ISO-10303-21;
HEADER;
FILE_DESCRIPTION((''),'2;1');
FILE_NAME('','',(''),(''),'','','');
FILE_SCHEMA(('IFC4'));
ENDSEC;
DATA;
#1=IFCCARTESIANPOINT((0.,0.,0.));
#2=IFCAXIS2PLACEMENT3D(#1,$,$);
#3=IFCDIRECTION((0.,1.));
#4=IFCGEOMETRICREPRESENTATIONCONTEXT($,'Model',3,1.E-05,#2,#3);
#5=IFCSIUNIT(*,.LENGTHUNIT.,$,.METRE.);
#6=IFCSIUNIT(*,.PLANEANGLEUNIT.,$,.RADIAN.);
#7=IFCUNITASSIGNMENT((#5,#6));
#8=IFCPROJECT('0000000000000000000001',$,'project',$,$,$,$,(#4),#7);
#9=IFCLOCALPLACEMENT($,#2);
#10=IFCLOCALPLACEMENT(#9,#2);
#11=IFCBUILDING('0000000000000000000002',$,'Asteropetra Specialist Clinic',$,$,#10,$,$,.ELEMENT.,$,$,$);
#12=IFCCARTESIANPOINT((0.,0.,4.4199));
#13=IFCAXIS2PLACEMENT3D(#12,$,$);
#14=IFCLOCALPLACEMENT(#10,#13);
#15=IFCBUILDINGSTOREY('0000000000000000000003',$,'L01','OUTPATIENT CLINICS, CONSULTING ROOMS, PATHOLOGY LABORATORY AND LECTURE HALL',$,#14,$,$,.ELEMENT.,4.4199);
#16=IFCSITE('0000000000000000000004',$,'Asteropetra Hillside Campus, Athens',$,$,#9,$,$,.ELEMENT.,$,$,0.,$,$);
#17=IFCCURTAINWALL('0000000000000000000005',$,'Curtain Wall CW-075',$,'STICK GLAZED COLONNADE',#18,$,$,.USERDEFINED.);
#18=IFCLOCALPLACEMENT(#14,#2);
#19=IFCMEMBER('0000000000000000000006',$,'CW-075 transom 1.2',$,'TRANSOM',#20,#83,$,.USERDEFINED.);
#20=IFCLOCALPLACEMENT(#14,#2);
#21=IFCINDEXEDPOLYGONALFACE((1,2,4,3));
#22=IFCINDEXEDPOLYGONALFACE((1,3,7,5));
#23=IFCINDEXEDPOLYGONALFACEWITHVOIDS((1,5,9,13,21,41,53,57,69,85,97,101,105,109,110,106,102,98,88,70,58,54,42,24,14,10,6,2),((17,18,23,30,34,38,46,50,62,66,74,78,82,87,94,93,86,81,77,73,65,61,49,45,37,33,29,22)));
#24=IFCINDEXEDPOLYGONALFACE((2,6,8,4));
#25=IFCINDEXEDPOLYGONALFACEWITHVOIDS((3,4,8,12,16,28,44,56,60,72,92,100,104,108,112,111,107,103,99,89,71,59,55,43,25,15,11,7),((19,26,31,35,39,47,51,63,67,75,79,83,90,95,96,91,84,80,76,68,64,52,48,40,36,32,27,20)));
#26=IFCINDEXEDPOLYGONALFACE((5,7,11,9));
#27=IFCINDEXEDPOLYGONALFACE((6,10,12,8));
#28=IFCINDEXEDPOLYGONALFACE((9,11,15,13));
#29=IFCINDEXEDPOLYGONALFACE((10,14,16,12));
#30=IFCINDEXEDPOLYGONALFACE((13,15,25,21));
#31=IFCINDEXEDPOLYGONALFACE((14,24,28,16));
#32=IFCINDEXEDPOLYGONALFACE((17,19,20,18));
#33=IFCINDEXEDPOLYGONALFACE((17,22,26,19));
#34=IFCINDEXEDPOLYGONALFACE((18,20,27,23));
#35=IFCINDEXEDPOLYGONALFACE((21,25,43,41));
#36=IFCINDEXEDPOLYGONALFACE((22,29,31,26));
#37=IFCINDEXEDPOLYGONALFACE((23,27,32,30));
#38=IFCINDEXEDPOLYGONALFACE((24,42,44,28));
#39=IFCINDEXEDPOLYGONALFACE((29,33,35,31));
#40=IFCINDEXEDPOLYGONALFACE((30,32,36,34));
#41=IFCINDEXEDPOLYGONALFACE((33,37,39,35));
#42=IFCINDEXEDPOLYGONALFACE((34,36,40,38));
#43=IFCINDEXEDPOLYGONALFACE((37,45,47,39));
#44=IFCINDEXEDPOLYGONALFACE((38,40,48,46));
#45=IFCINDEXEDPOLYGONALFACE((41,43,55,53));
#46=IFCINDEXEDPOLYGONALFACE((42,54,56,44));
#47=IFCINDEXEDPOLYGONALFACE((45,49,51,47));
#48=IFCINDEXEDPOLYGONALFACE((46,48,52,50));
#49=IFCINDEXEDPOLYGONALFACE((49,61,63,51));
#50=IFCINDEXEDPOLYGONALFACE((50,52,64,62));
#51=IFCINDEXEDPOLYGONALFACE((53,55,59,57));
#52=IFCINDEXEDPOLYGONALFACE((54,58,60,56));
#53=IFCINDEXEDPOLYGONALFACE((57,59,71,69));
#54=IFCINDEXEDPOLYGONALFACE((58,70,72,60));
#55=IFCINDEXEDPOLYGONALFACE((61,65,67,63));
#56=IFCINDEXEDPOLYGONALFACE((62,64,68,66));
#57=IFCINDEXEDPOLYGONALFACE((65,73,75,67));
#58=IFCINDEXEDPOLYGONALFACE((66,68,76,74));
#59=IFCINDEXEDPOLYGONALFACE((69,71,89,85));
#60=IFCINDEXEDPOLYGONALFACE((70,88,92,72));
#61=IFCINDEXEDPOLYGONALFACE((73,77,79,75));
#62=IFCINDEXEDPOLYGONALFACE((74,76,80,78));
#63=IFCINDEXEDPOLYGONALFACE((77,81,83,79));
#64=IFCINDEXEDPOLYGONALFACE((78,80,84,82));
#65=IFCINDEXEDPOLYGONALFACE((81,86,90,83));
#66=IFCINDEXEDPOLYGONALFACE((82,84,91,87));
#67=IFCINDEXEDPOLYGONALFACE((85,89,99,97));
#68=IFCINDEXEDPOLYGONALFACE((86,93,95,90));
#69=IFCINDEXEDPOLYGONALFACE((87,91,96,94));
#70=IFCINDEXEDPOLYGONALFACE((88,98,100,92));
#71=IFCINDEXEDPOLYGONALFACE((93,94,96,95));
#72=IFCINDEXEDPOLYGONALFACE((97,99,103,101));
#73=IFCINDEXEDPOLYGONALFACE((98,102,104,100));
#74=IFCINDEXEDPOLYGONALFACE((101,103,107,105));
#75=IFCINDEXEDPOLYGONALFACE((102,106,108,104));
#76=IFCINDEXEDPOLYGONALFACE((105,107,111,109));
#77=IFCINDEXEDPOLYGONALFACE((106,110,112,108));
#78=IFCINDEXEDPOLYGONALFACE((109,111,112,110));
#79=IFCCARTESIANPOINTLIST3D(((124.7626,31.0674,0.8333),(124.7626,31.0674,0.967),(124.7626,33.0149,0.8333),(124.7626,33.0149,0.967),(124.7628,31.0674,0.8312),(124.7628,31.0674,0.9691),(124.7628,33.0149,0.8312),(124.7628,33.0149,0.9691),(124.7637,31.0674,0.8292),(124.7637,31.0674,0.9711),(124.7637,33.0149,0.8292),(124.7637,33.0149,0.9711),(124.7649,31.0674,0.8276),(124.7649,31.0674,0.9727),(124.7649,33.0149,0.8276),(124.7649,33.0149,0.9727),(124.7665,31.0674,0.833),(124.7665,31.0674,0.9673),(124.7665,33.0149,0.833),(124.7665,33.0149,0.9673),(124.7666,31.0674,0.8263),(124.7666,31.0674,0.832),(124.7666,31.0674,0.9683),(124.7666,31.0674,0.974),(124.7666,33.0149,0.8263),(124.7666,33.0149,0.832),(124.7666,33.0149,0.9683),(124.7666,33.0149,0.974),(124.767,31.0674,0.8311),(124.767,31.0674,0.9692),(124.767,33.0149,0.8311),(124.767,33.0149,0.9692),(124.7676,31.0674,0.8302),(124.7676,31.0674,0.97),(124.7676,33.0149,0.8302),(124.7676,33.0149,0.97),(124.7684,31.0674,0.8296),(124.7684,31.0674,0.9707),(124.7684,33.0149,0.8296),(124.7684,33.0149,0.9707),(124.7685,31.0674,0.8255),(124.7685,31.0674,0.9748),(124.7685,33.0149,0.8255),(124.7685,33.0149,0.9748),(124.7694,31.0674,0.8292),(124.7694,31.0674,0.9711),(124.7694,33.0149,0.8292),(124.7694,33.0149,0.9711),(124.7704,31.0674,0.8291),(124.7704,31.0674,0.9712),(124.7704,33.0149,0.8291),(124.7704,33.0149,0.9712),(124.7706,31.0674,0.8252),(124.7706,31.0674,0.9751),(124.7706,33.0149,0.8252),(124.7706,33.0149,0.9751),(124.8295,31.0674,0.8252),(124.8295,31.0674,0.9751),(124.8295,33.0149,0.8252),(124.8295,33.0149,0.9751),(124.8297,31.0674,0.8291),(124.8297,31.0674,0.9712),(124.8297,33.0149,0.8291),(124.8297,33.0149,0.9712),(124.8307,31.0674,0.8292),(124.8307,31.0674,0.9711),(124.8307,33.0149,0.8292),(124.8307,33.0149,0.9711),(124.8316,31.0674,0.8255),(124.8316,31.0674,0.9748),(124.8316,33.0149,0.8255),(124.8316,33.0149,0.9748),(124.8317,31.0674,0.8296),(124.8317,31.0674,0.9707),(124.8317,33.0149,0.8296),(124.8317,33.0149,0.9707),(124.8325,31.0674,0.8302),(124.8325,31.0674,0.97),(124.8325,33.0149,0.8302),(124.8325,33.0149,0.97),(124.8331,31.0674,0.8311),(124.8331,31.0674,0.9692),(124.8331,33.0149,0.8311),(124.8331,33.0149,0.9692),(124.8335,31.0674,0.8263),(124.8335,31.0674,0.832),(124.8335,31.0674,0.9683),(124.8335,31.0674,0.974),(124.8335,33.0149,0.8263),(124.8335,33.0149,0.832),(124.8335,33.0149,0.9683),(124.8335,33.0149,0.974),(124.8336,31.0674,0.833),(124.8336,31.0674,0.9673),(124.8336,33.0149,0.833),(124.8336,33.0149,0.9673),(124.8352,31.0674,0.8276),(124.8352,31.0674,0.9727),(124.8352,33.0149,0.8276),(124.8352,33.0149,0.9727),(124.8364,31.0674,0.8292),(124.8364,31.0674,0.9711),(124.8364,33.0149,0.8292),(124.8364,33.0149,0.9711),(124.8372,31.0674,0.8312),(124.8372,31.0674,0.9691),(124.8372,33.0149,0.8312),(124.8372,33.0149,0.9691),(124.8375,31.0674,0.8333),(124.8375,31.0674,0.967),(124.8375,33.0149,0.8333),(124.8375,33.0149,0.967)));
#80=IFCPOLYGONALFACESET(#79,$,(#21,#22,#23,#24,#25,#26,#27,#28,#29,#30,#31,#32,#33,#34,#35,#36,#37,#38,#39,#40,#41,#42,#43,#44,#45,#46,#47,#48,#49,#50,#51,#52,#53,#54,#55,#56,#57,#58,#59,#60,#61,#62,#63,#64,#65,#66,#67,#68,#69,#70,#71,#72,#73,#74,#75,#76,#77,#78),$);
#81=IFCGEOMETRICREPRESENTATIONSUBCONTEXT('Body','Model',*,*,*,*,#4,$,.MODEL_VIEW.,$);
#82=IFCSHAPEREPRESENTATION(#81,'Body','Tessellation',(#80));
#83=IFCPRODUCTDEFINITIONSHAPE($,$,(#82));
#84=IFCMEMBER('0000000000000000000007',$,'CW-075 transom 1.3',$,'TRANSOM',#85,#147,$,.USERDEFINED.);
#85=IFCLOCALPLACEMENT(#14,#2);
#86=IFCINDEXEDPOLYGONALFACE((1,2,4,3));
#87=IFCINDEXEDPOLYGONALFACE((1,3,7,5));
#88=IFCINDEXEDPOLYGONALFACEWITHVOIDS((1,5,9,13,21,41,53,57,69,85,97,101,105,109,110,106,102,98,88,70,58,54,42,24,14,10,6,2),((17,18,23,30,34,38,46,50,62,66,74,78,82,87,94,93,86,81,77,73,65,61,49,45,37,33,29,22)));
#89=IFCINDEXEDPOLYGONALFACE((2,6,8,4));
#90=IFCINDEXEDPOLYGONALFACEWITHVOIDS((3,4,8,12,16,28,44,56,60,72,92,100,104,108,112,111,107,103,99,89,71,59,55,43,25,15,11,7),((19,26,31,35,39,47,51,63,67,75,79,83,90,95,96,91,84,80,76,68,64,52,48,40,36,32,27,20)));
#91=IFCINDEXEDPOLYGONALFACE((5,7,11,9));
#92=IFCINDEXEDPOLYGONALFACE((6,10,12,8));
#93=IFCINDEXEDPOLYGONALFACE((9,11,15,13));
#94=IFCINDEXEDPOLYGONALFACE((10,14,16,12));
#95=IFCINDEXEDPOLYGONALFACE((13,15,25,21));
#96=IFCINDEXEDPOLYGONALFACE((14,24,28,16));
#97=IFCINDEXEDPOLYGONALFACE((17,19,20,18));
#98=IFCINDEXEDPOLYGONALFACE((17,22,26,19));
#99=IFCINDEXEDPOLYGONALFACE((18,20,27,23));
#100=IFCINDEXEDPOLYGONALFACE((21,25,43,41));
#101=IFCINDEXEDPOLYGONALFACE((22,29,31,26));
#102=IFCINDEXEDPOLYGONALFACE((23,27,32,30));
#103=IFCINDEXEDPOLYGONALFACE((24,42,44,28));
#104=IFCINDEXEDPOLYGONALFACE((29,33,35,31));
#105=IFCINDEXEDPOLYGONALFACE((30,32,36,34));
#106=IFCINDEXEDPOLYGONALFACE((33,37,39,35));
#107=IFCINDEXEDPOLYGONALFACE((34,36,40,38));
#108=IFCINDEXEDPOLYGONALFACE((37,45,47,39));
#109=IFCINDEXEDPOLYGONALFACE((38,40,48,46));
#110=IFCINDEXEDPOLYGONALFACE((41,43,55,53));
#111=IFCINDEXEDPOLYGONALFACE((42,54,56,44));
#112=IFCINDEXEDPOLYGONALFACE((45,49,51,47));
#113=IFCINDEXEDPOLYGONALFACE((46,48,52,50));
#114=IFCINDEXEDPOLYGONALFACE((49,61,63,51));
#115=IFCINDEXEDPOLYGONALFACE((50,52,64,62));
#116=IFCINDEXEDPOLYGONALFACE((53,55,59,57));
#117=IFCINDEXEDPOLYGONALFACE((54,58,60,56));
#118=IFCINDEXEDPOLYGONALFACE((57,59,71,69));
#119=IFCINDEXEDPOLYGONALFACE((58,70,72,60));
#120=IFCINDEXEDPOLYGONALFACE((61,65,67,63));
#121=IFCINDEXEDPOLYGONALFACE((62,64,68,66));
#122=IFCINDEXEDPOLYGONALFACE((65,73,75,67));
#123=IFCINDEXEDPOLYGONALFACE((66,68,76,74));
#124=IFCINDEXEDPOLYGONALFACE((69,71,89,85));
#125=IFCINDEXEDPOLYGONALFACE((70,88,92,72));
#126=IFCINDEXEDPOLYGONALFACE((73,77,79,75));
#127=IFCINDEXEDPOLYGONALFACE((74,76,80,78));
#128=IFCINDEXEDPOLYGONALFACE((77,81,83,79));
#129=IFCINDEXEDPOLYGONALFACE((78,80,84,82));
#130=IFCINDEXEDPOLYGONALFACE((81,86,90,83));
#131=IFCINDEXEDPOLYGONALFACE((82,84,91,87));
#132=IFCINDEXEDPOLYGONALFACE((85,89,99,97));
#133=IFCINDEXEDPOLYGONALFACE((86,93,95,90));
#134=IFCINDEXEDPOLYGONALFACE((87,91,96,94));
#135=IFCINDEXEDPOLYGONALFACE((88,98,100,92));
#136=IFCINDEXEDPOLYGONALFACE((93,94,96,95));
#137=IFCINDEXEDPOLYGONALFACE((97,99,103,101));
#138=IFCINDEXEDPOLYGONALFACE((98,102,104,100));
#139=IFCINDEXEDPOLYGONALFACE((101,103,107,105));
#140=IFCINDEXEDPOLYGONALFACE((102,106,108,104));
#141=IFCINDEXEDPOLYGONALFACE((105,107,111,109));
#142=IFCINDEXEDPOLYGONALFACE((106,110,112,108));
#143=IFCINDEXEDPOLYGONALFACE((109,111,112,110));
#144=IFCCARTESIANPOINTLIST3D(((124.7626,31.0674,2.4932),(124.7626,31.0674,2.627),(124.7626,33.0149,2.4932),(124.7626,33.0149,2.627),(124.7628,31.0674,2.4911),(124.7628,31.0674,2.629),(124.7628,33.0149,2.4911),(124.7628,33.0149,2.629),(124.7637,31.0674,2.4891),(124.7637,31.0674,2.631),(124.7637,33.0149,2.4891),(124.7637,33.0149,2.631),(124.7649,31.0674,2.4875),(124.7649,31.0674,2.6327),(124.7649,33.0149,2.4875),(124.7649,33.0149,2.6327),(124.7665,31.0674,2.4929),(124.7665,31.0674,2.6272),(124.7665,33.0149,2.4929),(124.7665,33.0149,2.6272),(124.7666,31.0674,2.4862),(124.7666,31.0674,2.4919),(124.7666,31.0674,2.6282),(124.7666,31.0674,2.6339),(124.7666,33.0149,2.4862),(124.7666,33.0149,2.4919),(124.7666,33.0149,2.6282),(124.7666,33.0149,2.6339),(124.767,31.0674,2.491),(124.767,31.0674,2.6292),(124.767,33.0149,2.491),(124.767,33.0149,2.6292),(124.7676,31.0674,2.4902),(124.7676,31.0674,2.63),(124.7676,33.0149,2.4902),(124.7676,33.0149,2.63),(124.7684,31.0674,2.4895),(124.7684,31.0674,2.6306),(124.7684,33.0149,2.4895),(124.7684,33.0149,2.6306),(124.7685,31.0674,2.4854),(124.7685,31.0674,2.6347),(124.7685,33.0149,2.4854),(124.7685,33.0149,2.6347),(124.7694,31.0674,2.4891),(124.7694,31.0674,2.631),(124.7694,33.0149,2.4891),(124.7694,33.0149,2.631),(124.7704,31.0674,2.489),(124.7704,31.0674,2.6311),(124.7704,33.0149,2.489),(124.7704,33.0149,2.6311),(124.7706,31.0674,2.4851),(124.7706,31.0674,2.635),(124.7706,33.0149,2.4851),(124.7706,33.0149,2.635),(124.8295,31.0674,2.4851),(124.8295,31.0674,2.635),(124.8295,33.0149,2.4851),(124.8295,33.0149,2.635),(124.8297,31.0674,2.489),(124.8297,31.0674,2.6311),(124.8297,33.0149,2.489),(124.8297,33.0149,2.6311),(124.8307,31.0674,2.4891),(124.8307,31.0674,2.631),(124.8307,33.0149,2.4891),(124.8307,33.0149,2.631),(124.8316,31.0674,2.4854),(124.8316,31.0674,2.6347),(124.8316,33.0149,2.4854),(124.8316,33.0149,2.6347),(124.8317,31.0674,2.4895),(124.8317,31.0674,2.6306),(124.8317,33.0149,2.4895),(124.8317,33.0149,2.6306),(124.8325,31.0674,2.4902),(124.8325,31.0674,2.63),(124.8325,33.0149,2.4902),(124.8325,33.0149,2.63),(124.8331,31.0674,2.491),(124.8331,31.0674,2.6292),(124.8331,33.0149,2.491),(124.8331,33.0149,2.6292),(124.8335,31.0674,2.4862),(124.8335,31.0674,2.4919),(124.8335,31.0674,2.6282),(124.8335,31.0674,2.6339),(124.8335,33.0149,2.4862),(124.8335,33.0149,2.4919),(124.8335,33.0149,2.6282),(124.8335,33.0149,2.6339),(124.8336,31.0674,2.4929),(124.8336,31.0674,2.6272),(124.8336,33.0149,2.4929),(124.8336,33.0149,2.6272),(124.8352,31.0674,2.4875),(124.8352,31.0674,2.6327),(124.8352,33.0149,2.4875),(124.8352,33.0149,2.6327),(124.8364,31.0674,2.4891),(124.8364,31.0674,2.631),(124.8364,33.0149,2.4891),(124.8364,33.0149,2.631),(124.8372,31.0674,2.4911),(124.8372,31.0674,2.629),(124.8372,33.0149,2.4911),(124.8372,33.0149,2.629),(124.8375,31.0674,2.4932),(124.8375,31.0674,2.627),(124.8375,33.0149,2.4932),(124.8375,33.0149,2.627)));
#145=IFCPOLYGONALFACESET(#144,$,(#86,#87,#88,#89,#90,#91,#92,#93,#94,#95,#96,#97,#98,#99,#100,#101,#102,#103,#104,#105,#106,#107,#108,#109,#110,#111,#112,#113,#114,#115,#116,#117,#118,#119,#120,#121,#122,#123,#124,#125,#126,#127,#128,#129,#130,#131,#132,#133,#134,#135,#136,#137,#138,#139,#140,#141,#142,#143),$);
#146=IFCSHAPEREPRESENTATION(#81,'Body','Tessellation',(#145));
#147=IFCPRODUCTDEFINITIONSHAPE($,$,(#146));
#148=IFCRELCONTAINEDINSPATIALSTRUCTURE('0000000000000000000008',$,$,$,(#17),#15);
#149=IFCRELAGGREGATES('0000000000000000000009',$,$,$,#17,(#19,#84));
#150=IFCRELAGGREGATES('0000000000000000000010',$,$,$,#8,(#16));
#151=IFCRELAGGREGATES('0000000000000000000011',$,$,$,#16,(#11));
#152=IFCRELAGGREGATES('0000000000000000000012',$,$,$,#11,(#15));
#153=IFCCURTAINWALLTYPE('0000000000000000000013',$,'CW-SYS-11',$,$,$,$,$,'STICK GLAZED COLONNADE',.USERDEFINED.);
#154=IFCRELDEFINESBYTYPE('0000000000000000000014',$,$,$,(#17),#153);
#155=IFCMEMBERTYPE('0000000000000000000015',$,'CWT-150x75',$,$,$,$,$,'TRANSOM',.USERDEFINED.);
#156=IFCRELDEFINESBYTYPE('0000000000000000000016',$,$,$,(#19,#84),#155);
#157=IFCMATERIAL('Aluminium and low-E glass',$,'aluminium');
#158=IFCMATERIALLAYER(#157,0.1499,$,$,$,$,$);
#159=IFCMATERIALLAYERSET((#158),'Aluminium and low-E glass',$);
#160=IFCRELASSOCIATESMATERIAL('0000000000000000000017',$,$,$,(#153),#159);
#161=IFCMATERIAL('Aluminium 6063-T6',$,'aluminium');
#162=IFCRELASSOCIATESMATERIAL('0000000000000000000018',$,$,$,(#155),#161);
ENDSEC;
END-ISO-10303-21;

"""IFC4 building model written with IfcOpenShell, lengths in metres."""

from ifc_helpers import new_model, si_unit, direction, frame, origin, origin_2d, place, context, subcontext, project, spatial, hollow_rectangle, extrude, material, layer, layer_set, material_profile, profile_set, type_object, element, aggregate, save


model = new_model("IFC4")

# Units and contexts
model_context = context("Model", 3, precision=1e-05, world=origin(), true_north=direction((0.0, 1.0)))
body_context = subcontext(model_context, "Body", "Model", "MODEL_VIEW")
ifc_project = project(units=[si_unit("LENGTHUNIT", "METRE"), si_unit("PLANEANGLEUNIT", "RADIAN")], contexts=[model_context])

# Site, building, storey
site_placement = place(None, origin())
site = spatial("IfcSite", under=ifc_project, at=site_placement, Name="Asteropetra Hillside Campus, Athens", CompositionType="ELEMENT", RefElevation=0.0)
building_placement = place(site_placement, origin())
building = spatial("IfcBuilding", under=site, at=building_placement, Name="Asteropetra Specialist Clinic", CompositionType="ELEMENT")
storey_placement = place(building_placement, frame((0.0, 0.0, 4.4199)))
storey = spatial("IfcBuildingStorey", under=building, at=storey_placement, Name="L01", Description="OUTPATIENT CLINICS, CONSULTING ROOMS, PATHOLOGY LABORATORY AND LECTURE HALL", CompositionType="ELEMENT", Elevation=4.4199)

# Curtain wall, members
ifc_material_1 = material(Name="Aluminium and low-E glass", Category="aluminium")
ifc_layer_1 = layer(ifc_material_1, 0.1499)
ifc_layer_set_1 = layer_set([ifc_layer_1], Name="Aluminium and low-E glass")
curtain_wall_type = type_object("IfcCurtainWallType", Name="CW-SYS-11", ElementType="STICK GLAZED COLONNADE", PredefinedType="USERDEFINED", material=ifc_layer_set_1)
curtain_wall_placement = place(storey_placement, origin())
curtain_wall = element("IfcCurtainWall", 1, at=curtain_wall_placement, inside=storey, type_object=curtain_wall_type, Name="Curtain Wall CW-075", ObjectType="STICK GLAZED COLONNADE", PredefinedType="USERDEFINED")
ifc_material_2 = material(Name="Aluminium 6063-T6", Category="aluminium")
ifc_material_profile_1 = material_profile(ifc_material_2, hollow_rectangle(XDim=0.075, YDim=0.1499, WallThickness=0.0039, InnerFilletRadius=0.0039, OuterFilletRadius=0.0081, at=origin_2d()), Name="TRN 150x75x4.0")
ifc_profile_set_1 = profile_set([ifc_material_profile_1], Name="Aluminium 6063-T6")
member_type_1 = type_object("IfcMemberType", Name="CWT-150x75", ElementType="TRANSOM", PredefinedType="USERDEFINED", material=ifc_profile_set_1)
member_1_placement = place(storey_placement, frame((124.8, 33.0149, 0.9001), z_axis=(0.0, -1.0, 0.0), x_axis=(1.0, 0.0, 0.0)))
member_1 = element("IfcMember", 2, at=member_1_placement, type_object=member_type_1, Name="CW-075 transom 1.2", ObjectType="TRANSOM", PredefinedType="USERDEFINED", context=body_context, shape_type="SweptSolid", body=[
    extrude(hollow_rectangle(XDim=0.075, YDim=0.1499, WallThickness=0.0039, InnerFilletRadius=0.0039, OuterFilletRadius=0.0081, at=origin_2d()), origin(), (0.0, 0.0, 1.0), 1.9475),
])
member_2_placement = place(storey_placement, frame((124.8, 33.0149, 2.5601), z_axis=(0.0, -1.0, 0.0), x_axis=(1.0, 0.0, 0.0)))
member_2 = element("IfcMember", 3, at=member_2_placement, type_object=member_type_1, Name="CW-075 transom 1.3", ObjectType="TRANSOM", PredefinedType="USERDEFINED", context=body_context, shape_type="SweptSolid", body=[
    extrude(hollow_rectangle(XDim=0.075, YDim=0.1499, WallThickness=0.0039, InnerFilletRadius=0.0039, OuterFilletRadius=0.0081, at=origin_2d()), origin(), (0.0, 0.0, 1.0), 1.9475),
])

aggregate(curtain_wall, [member_1, member_2])

save(model, "model.ifc")
